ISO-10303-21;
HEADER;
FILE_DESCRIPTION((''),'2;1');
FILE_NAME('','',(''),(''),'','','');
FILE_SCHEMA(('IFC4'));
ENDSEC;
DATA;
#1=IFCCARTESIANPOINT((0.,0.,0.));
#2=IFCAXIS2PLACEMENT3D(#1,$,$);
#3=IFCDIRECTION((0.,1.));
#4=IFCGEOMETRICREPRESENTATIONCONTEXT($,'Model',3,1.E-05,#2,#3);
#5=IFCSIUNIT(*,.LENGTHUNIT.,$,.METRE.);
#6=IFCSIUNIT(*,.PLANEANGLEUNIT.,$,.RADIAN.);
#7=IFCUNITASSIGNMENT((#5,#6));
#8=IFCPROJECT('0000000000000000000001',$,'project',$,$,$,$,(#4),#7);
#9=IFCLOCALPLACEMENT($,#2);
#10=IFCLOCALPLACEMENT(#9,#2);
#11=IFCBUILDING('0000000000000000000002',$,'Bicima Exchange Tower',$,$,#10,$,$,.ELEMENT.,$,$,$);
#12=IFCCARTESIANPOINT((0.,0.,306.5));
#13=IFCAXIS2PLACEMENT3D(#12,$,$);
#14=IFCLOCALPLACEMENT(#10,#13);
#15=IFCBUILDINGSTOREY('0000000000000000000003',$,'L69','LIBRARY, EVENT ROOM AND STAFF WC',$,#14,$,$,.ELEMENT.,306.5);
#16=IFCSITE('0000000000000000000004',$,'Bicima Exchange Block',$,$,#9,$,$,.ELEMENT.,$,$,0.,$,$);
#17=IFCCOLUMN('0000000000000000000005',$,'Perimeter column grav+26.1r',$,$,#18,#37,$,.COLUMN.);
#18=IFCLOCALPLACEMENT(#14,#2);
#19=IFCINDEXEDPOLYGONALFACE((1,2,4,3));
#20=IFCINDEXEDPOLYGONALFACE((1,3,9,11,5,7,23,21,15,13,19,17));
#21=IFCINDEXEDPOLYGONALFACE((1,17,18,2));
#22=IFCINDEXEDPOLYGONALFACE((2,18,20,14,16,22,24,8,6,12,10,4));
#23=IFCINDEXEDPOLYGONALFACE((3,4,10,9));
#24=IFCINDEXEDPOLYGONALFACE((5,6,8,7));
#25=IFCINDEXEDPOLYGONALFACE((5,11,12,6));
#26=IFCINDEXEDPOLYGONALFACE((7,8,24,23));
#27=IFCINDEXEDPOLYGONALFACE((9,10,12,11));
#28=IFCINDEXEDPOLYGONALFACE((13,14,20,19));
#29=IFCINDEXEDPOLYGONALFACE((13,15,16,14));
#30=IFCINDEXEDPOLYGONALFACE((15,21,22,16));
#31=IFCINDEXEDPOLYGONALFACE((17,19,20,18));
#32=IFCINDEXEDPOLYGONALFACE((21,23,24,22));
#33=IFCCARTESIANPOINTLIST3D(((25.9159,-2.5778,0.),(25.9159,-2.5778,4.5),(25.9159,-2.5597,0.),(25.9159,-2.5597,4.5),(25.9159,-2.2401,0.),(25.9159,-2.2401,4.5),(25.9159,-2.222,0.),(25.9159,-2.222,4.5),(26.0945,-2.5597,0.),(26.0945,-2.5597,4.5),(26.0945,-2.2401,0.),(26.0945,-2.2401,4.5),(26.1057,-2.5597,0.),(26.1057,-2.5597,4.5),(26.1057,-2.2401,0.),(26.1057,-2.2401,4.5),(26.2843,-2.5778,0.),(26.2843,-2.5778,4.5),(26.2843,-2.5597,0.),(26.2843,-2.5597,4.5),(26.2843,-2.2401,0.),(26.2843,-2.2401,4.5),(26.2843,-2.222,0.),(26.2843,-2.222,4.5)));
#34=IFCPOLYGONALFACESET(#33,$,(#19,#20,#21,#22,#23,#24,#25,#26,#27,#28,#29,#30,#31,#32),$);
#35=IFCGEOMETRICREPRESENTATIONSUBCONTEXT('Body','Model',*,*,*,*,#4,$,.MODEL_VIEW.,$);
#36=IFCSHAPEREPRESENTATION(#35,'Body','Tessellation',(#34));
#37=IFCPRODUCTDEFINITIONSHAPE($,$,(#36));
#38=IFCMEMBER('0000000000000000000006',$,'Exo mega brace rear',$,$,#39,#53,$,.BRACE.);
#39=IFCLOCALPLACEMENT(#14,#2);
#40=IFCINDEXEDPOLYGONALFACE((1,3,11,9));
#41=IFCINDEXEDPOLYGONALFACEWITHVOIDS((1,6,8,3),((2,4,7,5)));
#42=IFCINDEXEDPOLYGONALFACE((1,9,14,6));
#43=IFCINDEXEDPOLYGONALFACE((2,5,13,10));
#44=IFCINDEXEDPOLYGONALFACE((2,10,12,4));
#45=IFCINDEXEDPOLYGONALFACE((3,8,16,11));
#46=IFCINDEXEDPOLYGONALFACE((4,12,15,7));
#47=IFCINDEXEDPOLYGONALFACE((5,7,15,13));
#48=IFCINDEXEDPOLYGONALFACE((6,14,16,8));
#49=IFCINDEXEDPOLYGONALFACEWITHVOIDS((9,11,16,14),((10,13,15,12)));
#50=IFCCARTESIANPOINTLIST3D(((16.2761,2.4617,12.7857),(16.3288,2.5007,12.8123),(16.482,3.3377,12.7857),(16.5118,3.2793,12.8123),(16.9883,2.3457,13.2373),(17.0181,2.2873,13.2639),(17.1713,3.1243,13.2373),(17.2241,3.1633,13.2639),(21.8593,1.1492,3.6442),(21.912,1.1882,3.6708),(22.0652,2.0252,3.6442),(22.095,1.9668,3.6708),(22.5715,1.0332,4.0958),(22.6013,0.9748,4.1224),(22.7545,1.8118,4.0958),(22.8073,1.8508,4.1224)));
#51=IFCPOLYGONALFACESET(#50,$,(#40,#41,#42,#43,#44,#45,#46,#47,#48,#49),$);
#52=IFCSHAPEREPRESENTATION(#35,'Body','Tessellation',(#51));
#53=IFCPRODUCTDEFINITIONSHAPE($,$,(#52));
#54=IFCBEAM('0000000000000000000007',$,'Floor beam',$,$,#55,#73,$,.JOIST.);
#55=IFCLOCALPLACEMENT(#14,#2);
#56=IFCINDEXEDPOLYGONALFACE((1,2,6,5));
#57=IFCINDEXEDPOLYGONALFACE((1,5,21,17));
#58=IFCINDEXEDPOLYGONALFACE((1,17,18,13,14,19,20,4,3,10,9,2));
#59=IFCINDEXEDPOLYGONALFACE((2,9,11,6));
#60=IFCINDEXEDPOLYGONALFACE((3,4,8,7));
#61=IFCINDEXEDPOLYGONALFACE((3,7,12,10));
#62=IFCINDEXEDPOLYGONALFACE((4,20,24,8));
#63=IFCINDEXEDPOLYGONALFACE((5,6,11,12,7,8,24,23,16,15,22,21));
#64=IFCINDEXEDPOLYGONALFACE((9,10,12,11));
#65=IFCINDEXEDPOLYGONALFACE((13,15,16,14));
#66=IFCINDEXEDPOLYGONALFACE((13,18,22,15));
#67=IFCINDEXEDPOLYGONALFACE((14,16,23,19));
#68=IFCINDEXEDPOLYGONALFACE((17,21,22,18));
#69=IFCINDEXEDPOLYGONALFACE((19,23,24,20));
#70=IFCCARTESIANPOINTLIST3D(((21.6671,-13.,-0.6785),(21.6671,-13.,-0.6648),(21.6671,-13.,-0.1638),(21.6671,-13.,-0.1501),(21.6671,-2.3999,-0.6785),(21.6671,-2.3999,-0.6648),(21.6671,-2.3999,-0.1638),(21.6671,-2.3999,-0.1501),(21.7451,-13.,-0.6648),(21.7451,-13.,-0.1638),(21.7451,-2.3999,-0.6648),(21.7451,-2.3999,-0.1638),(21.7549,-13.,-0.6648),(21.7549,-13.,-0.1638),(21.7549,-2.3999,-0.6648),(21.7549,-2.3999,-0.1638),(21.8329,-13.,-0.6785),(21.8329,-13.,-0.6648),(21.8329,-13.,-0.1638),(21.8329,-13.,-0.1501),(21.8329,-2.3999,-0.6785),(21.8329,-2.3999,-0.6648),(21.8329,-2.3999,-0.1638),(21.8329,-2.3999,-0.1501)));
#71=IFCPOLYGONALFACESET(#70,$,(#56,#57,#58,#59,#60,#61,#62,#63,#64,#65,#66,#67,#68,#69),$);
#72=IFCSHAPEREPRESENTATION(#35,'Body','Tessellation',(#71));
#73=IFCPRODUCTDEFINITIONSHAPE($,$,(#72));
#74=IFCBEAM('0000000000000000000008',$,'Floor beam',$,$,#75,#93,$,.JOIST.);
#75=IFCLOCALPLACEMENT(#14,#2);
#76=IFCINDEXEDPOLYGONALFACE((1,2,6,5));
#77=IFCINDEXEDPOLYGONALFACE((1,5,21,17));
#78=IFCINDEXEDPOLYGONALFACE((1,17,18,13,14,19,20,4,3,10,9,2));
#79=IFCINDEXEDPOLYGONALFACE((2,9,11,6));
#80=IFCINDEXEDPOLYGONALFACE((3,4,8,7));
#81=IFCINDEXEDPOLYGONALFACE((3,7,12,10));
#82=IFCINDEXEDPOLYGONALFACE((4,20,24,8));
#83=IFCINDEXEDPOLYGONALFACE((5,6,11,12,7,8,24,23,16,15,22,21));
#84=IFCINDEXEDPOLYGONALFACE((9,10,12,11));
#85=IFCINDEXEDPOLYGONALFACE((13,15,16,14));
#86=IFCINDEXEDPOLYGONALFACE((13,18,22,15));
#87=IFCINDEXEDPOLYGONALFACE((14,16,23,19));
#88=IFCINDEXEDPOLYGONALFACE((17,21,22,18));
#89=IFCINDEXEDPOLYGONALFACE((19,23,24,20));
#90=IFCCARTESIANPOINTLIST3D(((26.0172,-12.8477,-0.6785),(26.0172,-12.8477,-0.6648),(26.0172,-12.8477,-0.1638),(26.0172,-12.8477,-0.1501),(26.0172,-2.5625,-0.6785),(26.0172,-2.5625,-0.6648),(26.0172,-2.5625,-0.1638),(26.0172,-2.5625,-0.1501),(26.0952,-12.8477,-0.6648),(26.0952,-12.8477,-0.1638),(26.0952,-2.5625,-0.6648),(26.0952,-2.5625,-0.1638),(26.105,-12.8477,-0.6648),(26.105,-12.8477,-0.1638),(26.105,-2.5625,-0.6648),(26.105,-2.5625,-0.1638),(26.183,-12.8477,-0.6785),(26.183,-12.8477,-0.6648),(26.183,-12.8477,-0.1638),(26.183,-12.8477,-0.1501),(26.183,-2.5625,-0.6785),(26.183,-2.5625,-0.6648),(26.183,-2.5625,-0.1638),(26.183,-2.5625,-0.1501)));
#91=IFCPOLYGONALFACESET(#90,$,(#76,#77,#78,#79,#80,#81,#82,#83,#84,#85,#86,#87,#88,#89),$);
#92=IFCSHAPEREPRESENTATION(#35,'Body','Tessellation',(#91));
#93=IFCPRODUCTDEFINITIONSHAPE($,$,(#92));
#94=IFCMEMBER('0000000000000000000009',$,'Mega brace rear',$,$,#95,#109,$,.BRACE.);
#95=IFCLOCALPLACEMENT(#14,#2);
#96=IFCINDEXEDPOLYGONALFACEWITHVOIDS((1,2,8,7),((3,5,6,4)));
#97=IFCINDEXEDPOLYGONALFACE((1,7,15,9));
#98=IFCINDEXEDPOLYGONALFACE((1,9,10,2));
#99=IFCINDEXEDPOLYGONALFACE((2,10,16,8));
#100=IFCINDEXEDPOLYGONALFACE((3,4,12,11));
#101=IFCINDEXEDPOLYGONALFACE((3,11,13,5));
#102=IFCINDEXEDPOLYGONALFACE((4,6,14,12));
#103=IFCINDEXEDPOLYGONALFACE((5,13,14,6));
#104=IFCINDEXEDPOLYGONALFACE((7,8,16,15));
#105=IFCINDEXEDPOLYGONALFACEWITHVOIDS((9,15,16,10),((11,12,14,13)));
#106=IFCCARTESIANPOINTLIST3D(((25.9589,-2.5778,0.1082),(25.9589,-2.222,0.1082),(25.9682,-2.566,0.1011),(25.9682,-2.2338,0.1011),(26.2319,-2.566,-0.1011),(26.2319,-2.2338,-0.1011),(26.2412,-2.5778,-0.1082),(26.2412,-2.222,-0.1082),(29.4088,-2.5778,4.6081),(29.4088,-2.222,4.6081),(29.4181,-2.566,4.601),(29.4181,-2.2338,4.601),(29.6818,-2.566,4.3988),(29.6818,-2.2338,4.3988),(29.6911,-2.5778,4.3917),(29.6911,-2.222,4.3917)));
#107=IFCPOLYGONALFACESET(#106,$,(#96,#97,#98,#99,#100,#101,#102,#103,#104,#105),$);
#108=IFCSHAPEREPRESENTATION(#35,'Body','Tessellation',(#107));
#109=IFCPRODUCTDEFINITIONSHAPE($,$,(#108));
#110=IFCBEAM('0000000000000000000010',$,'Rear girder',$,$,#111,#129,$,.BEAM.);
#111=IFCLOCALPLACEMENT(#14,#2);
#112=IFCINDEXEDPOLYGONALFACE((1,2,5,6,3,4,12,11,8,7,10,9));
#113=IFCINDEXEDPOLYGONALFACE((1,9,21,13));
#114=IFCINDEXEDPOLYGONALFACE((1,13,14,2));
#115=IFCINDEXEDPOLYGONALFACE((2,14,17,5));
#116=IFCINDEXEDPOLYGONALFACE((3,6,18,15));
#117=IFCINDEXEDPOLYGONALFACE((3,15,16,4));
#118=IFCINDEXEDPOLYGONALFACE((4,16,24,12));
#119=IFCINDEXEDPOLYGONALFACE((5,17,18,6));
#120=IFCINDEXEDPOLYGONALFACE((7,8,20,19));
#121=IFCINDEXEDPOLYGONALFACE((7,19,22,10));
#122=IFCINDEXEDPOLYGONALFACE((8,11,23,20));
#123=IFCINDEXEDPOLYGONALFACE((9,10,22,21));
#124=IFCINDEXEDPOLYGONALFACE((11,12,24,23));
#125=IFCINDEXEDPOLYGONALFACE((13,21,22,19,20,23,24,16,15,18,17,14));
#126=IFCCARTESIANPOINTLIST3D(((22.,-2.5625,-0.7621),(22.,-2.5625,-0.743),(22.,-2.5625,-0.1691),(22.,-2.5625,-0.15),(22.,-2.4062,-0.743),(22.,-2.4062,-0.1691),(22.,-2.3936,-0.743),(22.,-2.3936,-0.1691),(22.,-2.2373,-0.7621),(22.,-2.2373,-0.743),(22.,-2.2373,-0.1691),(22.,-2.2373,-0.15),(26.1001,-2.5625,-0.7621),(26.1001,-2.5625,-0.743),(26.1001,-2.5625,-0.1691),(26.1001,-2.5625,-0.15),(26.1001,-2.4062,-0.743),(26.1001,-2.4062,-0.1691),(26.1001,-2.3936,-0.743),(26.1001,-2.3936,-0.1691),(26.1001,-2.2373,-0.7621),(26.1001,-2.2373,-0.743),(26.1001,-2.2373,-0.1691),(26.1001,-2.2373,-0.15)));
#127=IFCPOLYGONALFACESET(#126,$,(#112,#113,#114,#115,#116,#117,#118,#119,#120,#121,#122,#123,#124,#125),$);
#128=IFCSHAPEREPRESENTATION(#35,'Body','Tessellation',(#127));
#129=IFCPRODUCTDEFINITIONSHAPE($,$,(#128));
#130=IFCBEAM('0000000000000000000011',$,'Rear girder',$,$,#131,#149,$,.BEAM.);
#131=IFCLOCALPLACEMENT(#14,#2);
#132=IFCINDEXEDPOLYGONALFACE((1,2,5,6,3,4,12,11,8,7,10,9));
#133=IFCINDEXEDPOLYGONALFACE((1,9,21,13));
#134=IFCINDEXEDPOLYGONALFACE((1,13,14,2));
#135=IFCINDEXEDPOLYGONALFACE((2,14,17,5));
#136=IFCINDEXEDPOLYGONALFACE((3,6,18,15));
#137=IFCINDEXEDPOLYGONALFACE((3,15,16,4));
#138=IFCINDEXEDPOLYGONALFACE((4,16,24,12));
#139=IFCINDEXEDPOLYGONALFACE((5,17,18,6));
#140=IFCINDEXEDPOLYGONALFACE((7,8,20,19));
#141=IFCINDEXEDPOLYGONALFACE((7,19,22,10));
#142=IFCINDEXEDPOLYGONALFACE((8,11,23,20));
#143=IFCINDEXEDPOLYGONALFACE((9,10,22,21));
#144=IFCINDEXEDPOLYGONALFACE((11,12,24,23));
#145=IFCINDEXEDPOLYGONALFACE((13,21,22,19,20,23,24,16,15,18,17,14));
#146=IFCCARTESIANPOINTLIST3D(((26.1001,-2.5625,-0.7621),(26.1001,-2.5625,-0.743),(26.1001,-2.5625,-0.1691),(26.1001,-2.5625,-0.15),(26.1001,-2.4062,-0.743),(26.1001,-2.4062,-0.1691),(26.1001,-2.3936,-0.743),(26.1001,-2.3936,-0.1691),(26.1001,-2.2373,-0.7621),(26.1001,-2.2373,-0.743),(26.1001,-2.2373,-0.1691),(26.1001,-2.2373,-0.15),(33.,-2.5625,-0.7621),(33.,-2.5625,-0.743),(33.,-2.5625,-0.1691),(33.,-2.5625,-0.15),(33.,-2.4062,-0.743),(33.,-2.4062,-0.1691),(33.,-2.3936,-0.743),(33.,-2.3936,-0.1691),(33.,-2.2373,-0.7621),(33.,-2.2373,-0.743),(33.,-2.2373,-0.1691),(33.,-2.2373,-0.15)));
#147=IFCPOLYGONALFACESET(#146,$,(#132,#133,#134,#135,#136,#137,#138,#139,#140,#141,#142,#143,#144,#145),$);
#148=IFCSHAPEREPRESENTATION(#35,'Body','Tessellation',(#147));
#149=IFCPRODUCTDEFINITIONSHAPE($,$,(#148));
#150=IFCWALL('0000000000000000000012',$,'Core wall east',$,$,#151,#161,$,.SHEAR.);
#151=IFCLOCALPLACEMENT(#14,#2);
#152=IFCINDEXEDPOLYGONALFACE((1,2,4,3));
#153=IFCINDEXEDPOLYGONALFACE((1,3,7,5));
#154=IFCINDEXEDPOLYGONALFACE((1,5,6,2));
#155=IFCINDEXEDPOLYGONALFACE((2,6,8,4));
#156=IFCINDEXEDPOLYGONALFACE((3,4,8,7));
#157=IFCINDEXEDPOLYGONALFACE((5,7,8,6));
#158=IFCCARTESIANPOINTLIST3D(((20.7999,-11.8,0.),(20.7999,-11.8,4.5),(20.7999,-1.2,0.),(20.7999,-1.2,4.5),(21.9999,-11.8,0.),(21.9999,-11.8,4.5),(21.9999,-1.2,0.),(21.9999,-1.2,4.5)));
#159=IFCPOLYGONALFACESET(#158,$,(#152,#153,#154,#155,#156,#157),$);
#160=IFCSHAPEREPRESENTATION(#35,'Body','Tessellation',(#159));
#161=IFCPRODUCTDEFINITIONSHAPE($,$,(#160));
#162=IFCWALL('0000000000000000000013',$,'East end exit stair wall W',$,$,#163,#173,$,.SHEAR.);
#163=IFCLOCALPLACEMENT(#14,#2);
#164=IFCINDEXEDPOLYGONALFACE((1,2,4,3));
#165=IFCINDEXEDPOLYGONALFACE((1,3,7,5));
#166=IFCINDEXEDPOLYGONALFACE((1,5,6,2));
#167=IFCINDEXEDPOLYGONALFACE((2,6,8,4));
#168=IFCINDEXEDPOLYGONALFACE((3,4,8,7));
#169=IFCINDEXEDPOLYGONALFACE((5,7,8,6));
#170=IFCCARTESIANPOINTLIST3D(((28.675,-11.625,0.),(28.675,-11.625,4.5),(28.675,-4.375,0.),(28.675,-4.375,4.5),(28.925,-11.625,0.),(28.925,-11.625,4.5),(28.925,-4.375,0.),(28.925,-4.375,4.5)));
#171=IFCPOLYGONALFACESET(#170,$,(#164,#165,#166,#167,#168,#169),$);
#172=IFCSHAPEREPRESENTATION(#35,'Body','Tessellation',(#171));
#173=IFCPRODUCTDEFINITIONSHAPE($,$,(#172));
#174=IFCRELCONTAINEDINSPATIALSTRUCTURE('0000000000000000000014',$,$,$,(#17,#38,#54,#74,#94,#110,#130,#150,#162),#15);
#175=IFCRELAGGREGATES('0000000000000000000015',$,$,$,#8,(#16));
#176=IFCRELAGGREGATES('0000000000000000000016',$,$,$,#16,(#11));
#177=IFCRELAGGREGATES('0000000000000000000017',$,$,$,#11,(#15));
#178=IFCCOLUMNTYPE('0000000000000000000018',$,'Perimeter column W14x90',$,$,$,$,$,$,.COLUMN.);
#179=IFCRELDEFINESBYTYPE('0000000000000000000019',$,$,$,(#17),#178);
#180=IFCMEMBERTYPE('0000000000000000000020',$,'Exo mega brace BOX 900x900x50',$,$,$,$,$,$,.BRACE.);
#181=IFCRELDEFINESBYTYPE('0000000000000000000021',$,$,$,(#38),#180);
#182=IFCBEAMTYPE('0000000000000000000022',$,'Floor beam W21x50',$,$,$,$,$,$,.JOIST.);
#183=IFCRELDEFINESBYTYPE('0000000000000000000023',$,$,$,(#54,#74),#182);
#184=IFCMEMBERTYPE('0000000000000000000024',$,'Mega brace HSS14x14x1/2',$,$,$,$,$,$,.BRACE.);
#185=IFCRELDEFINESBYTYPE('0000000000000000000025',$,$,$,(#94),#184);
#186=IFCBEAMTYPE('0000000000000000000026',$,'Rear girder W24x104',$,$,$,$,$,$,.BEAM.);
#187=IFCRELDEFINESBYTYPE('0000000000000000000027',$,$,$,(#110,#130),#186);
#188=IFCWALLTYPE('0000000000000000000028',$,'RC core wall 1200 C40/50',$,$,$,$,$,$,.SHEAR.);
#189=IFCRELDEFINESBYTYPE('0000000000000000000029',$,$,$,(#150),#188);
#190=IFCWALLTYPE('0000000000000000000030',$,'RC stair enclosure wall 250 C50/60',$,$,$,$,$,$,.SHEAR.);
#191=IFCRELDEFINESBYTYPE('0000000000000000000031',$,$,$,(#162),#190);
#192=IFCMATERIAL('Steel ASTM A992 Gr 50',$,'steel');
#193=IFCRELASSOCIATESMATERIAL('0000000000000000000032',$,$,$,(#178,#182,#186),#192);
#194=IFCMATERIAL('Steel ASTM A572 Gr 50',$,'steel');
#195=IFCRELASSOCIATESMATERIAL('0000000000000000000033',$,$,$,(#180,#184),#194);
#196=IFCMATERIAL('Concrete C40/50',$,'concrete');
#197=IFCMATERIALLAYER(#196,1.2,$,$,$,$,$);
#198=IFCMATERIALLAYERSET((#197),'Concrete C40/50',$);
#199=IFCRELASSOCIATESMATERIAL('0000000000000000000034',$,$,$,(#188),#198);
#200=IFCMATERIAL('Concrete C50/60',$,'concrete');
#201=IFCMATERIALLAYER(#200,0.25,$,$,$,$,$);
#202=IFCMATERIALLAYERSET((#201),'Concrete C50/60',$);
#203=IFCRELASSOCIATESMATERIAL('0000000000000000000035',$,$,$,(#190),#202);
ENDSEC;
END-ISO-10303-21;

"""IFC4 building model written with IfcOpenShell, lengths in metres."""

from ifc_helpers import new_model, si_unit, direction, frame, frame_2d, origin, origin_2d, place, context, subcontext, project, spatial, rectangle, hollow_rectangle, i_section, extrude, material, layer, layer_set, material_profile, profile_set, type_object, element, save


model = new_model("IFC4")

# Units and contexts
model_context = context("Model", 3, precision=1e-05, world=origin(), true_north=direction((0.0, 1.0)))
body_context = subcontext(model_context, "Body", "Model", "MODEL_VIEW")
ifc_project = project(units=[si_unit("LENGTHUNIT", "METRE"), si_unit("PLANEANGLEUNIT", "RADIAN")], contexts=[model_context])

# Site, building, storey
site_placement = place(None, origin())
site = spatial("IfcSite", under=ifc_project, at=site_placement, Name="Bicima Exchange Block", CompositionType="ELEMENT", RefElevation=0.0)
building_placement = place(site_placement, origin())
building = spatial("IfcBuilding", under=site, at=building_placement, Name="Bicima Exchange Tower", CompositionType="ELEMENT")
storey_placement = place(building_placement, frame((0.0, 0.0, 306.5)))
storey = spatial("IfcBuildingStorey", under=building, at=storey_placement, Name="L69", Description="LIBRARY, EVENT ROOM AND STAFF WC", CompositionType="ELEMENT", Elevation=306.5)

# Column
ifc_material_1 = material(Name="Steel ASTM A992 Gr 50", Category="steel")
ifc_material_profile_1 = material_profile(ifc_material_1, i_section(OverallWidth=0.3684, OverallDepth=0.3557, WebThickness=0.0112, FlangeThickness=0.0181, at=origin_2d()))
ifc_profile_set_1 = profile_set([ifc_material_profile_1], Name="Steel ASTM A992 Gr 50")
column_type = type_object("IfcColumnType", Name="Perimeter column W14x90", PredefinedType="COLUMN", material=ifc_profile_set_1)
column_placement = place(storey_placement, frame((26.1001, -2.3999, 0.0), z_axis=(0.0, 0.0, 1.0), x_axis=(1.0, 0.0, 0.0)))
element("IfcColumn", 1, at=column_placement, inside=storey, type_object=column_type, Name="Perimeter column grav+26.1r", PredefinedType="COLUMN", context=body_context, shape_type="SweptSolid", body=[
    extrude(i_section(OverallWidth=0.3684, OverallDepth=0.3557, WebThickness=0.0112, FlangeThickness=0.0181, at=origin_2d()), origin(), (0.0, 0.0, 1.0), 4.5),
])

# Member
ifc_material_2 = material(Name="Steel ASTM A572 Gr 50", Category="steel")
ifc_material_profile_2 = material_profile(ifc_material_2, hollow_rectangle(XDim=0.8999, YDim=0.8999, WallThickness=0.05, at=origin_2d()))
ifc_profile_set_2 = profile_set([ifc_material_profile_2], Name="Steel ASTM A572 Gr 50")
member_type_1 = type_object("IfcMemberType", Name="Exo mega brace BOX 900x900x50", PredefinedType="BRACE", material=ifc_profile_set_2)
member_1_placement = place(storey_placement, frame((22.3333, 1.5, 3.8833), z_axis=(-0.517358, 0.121619, 0.847083), x_axis=(-0.22884, -0.973464, 0.0)))
element("IfcMember", 2, at=member_1_placement, inside=storey, type_object=member_type_1, Name="Exo mega brace rear", PredefinedType="BRACE", context=body_context, shape_type="SweptSolid", body=[
    extrude(hollow_rectangle(XDim=0.8999, YDim=0.8999, WallThickness=0.05, at=origin_2d()), origin(), (0.0, 0.0, 1.0), 10.7917),
])

# Beams
ifc_material_profile_3 = material_profile(ifc_material_1, i_section(OverallWidth=0.1658, OverallDepth=0.5283, WebThickness=0.0098, FlangeThickness=0.0137, at=origin_2d()))
ifc_profile_set_3 = profile_set([ifc_material_profile_3], Name="Steel ASTM A992 Gr 50")
beam_type_1 = type_object("IfcBeamType", Name="Floor beam W21x50", PredefinedType="JOIST", material=ifc_profile_set_3)
beam_1_placement = place(storey_placement, frame((21.75, -2.3999, -0.4143), z_axis=(0.0, -1.0, 0.0), x_axis=(1.0, 0.0, 0.0)))
element("IfcBeam", 3, at=beam_1_placement, inside=storey, type_object=beam_type_1, Name="Floor beam", PredefinedType="JOIST", context=body_context, shape_type="SweptSolid", body=[
    extrude(i_section(OverallWidth=0.1658, OverallDepth=0.5283, WebThickness=0.0098, FlangeThickness=0.0137, at=origin_2d()), origin(), (0.0, 0.0, 1.0), 10.6001),
])
beam_2_placement = place(storey_placement, frame((26.1001, -2.5625, -0.4143), z_axis=(0.0, -1.0, 0.0), x_axis=(1.0, 0.0, 0.0)))
element("IfcBeam", 4, at=beam_2_placement, inside=storey, type_object=beam_type_1, Name="Floor beam", PredefinedType="JOIST", context=body_context, shape_type="SweptSolid", body=[
    extrude(i_section(OverallWidth=0.1658, OverallDepth=0.5283, WebThickness=0.0098, FlangeThickness=0.0137, at=origin_2d()), origin(), (0.0, 0.0, 1.0), 10.2852),
])

# Member
ifc_material_profile_4 = material_profile(ifc_material_2, hollow_rectangle(XDim=0.3557, YDim=0.3557, WallThickness=0.0117, at=origin_2d()))
ifc_profile_set_4 = profile_set([ifc_material_profile_4], Name="Steel ASTM A572 Gr 50")
member_type_2 = type_object("IfcMemberType", Name="Mega brace HSS14x14x1/2", PredefinedType="BRACE", material=ifc_profile_set_4)
member_2_placement = place(storey_placement, frame((26.1001, -2.3999, 0.0), z_axis=(0.608426, 0.0, 0.793611), x_axis=(0.0, 1.0, 0.0)))
element("IfcMember", 5, at=member_2_placement, inside=storey, type_object=member_type_2, Name="Mega brace rear", PredefinedType="BRACE", context=body_context, shape_type="SweptSolid", body=[
    extrude(hollow_rectangle(XDim=0.3557, YDim=0.3557, WallThickness=0.0117, at=origin_2d()), origin(), (0.0, 0.0, 1.0), 5.6702),
])

# Beams
ifc_material_profile_5 = material_profile(ifc_material_1, i_section(OverallWidth=0.3252, OverallDepth=0.6121, WebThickness=0.0127, FlangeThickness=0.019, at=origin_2d()))
ifc_profile_set_5 = profile_set([ifc_material_profile_5], Name="Steel ASTM A992 Gr 50")
beam_type_2 = type_object("IfcBeamType", Name="Rear girder W24x104", PredefinedType="BEAM", material=ifc_profile_set_5)
beam_3_placement = place(storey_placement, frame((22.0, -2.3999, -0.4561), z_axis=(1.0, 0.0, 0.0), x_axis=(0.0, 1.0, 0.0)))
element("IfcBeam", 6, at=beam_3_placement, inside=storey, type_object=beam_type_2, Name="Rear girder", PredefinedType="BEAM", context=body_context, shape_type="SweptSolid", body=[
    extrude(i_section(OverallWidth=0.3252, OverallDepth=0.6121, WebThickness=0.0127, FlangeThickness=0.019, at=origin_2d()), origin(), (0.0, 0.0, 1.0), 4.1001),
])
beam_4_placement = place(storey_placement, frame((26.1001, -2.3999, -0.4561), z_axis=(1.0, 0.0, 0.0), x_axis=(0.0, 1.0, 0.0)))
element("IfcBeam", 7, at=beam_4_placement, inside=storey, type_object=beam_type_2, Name="Rear girder", PredefinedType="BEAM", context=body_context, shape_type="SweptSolid", body=[
    extrude(i_section(OverallWidth=0.3252, OverallDepth=0.6121, WebThickness=0.0127, FlangeThickness=0.019, at=origin_2d()), origin(), (0.0, 0.0, 1.0), 6.8999),
])

# Walls
ifc_material_3 = material(Name="Concrete C40/50", Category="concrete")
ifc_layer_1 = layer(ifc_material_3, 1.2)
ifc_layer_set_1 = layer_set([ifc_layer_1], Name="Concrete C40/50")
wall_type_1 = type_object("IfcWallType", Name="RC core wall 1200 C40/50", PredefinedType="SHEAR", material=ifc_layer_set_1)
wall_1_placement = place(storey_placement, frame((21.3999, -11.8, 0.0), z_axis=(0.0, 0.0, 1.0), x_axis=(0.0, 1.0, 0.0)))
element("IfcWall", 8, at=wall_1_placement, inside=storey, type_object=wall_type_1, Name="Core wall east", PredefinedType="SHEAR", context=body_context, shape_type="SweptSolid", body=[
    extrude(rectangle(XDim=10.6001, YDim=1.2, at=frame_2d((5.3, 0.0))), origin(), (0.0, 0.0, 1.0), 4.5),
])
ifc_material_4 = material(Name="Concrete C50/60", Category="concrete")
ifc_layer_2 = layer(ifc_material_4, 0.25)
ifc_layer_set_2 = layer_set([ifc_layer_2], Name="Concrete C50/60")
wall_type_2 = type_object("IfcWallType", Name="RC stair enclosure wall 250 C50/60", PredefinedType="SHEAR", material=ifc_layer_set_2)
wall_2_placement = place(storey_placement, frame((28.8, -11.625, 0.0), z_axis=(0.0, 0.0, 1.0), x_axis=(0.0, 1.0, 0.0)))
element("IfcWall", 9, at=wall_2_placement, inside=storey, type_object=wall_type_2, Name="East end exit stair wall W", PredefinedType="SHEAR", context=body_context, shape_type="SweptSolid", body=[
    extrude(rectangle(XDim=7.25, YDim=0.25, at=frame_2d((3.625, 0.0))), origin(), (0.0, 0.0, 1.0), 4.5),
])

save(model, "model.ifc")
